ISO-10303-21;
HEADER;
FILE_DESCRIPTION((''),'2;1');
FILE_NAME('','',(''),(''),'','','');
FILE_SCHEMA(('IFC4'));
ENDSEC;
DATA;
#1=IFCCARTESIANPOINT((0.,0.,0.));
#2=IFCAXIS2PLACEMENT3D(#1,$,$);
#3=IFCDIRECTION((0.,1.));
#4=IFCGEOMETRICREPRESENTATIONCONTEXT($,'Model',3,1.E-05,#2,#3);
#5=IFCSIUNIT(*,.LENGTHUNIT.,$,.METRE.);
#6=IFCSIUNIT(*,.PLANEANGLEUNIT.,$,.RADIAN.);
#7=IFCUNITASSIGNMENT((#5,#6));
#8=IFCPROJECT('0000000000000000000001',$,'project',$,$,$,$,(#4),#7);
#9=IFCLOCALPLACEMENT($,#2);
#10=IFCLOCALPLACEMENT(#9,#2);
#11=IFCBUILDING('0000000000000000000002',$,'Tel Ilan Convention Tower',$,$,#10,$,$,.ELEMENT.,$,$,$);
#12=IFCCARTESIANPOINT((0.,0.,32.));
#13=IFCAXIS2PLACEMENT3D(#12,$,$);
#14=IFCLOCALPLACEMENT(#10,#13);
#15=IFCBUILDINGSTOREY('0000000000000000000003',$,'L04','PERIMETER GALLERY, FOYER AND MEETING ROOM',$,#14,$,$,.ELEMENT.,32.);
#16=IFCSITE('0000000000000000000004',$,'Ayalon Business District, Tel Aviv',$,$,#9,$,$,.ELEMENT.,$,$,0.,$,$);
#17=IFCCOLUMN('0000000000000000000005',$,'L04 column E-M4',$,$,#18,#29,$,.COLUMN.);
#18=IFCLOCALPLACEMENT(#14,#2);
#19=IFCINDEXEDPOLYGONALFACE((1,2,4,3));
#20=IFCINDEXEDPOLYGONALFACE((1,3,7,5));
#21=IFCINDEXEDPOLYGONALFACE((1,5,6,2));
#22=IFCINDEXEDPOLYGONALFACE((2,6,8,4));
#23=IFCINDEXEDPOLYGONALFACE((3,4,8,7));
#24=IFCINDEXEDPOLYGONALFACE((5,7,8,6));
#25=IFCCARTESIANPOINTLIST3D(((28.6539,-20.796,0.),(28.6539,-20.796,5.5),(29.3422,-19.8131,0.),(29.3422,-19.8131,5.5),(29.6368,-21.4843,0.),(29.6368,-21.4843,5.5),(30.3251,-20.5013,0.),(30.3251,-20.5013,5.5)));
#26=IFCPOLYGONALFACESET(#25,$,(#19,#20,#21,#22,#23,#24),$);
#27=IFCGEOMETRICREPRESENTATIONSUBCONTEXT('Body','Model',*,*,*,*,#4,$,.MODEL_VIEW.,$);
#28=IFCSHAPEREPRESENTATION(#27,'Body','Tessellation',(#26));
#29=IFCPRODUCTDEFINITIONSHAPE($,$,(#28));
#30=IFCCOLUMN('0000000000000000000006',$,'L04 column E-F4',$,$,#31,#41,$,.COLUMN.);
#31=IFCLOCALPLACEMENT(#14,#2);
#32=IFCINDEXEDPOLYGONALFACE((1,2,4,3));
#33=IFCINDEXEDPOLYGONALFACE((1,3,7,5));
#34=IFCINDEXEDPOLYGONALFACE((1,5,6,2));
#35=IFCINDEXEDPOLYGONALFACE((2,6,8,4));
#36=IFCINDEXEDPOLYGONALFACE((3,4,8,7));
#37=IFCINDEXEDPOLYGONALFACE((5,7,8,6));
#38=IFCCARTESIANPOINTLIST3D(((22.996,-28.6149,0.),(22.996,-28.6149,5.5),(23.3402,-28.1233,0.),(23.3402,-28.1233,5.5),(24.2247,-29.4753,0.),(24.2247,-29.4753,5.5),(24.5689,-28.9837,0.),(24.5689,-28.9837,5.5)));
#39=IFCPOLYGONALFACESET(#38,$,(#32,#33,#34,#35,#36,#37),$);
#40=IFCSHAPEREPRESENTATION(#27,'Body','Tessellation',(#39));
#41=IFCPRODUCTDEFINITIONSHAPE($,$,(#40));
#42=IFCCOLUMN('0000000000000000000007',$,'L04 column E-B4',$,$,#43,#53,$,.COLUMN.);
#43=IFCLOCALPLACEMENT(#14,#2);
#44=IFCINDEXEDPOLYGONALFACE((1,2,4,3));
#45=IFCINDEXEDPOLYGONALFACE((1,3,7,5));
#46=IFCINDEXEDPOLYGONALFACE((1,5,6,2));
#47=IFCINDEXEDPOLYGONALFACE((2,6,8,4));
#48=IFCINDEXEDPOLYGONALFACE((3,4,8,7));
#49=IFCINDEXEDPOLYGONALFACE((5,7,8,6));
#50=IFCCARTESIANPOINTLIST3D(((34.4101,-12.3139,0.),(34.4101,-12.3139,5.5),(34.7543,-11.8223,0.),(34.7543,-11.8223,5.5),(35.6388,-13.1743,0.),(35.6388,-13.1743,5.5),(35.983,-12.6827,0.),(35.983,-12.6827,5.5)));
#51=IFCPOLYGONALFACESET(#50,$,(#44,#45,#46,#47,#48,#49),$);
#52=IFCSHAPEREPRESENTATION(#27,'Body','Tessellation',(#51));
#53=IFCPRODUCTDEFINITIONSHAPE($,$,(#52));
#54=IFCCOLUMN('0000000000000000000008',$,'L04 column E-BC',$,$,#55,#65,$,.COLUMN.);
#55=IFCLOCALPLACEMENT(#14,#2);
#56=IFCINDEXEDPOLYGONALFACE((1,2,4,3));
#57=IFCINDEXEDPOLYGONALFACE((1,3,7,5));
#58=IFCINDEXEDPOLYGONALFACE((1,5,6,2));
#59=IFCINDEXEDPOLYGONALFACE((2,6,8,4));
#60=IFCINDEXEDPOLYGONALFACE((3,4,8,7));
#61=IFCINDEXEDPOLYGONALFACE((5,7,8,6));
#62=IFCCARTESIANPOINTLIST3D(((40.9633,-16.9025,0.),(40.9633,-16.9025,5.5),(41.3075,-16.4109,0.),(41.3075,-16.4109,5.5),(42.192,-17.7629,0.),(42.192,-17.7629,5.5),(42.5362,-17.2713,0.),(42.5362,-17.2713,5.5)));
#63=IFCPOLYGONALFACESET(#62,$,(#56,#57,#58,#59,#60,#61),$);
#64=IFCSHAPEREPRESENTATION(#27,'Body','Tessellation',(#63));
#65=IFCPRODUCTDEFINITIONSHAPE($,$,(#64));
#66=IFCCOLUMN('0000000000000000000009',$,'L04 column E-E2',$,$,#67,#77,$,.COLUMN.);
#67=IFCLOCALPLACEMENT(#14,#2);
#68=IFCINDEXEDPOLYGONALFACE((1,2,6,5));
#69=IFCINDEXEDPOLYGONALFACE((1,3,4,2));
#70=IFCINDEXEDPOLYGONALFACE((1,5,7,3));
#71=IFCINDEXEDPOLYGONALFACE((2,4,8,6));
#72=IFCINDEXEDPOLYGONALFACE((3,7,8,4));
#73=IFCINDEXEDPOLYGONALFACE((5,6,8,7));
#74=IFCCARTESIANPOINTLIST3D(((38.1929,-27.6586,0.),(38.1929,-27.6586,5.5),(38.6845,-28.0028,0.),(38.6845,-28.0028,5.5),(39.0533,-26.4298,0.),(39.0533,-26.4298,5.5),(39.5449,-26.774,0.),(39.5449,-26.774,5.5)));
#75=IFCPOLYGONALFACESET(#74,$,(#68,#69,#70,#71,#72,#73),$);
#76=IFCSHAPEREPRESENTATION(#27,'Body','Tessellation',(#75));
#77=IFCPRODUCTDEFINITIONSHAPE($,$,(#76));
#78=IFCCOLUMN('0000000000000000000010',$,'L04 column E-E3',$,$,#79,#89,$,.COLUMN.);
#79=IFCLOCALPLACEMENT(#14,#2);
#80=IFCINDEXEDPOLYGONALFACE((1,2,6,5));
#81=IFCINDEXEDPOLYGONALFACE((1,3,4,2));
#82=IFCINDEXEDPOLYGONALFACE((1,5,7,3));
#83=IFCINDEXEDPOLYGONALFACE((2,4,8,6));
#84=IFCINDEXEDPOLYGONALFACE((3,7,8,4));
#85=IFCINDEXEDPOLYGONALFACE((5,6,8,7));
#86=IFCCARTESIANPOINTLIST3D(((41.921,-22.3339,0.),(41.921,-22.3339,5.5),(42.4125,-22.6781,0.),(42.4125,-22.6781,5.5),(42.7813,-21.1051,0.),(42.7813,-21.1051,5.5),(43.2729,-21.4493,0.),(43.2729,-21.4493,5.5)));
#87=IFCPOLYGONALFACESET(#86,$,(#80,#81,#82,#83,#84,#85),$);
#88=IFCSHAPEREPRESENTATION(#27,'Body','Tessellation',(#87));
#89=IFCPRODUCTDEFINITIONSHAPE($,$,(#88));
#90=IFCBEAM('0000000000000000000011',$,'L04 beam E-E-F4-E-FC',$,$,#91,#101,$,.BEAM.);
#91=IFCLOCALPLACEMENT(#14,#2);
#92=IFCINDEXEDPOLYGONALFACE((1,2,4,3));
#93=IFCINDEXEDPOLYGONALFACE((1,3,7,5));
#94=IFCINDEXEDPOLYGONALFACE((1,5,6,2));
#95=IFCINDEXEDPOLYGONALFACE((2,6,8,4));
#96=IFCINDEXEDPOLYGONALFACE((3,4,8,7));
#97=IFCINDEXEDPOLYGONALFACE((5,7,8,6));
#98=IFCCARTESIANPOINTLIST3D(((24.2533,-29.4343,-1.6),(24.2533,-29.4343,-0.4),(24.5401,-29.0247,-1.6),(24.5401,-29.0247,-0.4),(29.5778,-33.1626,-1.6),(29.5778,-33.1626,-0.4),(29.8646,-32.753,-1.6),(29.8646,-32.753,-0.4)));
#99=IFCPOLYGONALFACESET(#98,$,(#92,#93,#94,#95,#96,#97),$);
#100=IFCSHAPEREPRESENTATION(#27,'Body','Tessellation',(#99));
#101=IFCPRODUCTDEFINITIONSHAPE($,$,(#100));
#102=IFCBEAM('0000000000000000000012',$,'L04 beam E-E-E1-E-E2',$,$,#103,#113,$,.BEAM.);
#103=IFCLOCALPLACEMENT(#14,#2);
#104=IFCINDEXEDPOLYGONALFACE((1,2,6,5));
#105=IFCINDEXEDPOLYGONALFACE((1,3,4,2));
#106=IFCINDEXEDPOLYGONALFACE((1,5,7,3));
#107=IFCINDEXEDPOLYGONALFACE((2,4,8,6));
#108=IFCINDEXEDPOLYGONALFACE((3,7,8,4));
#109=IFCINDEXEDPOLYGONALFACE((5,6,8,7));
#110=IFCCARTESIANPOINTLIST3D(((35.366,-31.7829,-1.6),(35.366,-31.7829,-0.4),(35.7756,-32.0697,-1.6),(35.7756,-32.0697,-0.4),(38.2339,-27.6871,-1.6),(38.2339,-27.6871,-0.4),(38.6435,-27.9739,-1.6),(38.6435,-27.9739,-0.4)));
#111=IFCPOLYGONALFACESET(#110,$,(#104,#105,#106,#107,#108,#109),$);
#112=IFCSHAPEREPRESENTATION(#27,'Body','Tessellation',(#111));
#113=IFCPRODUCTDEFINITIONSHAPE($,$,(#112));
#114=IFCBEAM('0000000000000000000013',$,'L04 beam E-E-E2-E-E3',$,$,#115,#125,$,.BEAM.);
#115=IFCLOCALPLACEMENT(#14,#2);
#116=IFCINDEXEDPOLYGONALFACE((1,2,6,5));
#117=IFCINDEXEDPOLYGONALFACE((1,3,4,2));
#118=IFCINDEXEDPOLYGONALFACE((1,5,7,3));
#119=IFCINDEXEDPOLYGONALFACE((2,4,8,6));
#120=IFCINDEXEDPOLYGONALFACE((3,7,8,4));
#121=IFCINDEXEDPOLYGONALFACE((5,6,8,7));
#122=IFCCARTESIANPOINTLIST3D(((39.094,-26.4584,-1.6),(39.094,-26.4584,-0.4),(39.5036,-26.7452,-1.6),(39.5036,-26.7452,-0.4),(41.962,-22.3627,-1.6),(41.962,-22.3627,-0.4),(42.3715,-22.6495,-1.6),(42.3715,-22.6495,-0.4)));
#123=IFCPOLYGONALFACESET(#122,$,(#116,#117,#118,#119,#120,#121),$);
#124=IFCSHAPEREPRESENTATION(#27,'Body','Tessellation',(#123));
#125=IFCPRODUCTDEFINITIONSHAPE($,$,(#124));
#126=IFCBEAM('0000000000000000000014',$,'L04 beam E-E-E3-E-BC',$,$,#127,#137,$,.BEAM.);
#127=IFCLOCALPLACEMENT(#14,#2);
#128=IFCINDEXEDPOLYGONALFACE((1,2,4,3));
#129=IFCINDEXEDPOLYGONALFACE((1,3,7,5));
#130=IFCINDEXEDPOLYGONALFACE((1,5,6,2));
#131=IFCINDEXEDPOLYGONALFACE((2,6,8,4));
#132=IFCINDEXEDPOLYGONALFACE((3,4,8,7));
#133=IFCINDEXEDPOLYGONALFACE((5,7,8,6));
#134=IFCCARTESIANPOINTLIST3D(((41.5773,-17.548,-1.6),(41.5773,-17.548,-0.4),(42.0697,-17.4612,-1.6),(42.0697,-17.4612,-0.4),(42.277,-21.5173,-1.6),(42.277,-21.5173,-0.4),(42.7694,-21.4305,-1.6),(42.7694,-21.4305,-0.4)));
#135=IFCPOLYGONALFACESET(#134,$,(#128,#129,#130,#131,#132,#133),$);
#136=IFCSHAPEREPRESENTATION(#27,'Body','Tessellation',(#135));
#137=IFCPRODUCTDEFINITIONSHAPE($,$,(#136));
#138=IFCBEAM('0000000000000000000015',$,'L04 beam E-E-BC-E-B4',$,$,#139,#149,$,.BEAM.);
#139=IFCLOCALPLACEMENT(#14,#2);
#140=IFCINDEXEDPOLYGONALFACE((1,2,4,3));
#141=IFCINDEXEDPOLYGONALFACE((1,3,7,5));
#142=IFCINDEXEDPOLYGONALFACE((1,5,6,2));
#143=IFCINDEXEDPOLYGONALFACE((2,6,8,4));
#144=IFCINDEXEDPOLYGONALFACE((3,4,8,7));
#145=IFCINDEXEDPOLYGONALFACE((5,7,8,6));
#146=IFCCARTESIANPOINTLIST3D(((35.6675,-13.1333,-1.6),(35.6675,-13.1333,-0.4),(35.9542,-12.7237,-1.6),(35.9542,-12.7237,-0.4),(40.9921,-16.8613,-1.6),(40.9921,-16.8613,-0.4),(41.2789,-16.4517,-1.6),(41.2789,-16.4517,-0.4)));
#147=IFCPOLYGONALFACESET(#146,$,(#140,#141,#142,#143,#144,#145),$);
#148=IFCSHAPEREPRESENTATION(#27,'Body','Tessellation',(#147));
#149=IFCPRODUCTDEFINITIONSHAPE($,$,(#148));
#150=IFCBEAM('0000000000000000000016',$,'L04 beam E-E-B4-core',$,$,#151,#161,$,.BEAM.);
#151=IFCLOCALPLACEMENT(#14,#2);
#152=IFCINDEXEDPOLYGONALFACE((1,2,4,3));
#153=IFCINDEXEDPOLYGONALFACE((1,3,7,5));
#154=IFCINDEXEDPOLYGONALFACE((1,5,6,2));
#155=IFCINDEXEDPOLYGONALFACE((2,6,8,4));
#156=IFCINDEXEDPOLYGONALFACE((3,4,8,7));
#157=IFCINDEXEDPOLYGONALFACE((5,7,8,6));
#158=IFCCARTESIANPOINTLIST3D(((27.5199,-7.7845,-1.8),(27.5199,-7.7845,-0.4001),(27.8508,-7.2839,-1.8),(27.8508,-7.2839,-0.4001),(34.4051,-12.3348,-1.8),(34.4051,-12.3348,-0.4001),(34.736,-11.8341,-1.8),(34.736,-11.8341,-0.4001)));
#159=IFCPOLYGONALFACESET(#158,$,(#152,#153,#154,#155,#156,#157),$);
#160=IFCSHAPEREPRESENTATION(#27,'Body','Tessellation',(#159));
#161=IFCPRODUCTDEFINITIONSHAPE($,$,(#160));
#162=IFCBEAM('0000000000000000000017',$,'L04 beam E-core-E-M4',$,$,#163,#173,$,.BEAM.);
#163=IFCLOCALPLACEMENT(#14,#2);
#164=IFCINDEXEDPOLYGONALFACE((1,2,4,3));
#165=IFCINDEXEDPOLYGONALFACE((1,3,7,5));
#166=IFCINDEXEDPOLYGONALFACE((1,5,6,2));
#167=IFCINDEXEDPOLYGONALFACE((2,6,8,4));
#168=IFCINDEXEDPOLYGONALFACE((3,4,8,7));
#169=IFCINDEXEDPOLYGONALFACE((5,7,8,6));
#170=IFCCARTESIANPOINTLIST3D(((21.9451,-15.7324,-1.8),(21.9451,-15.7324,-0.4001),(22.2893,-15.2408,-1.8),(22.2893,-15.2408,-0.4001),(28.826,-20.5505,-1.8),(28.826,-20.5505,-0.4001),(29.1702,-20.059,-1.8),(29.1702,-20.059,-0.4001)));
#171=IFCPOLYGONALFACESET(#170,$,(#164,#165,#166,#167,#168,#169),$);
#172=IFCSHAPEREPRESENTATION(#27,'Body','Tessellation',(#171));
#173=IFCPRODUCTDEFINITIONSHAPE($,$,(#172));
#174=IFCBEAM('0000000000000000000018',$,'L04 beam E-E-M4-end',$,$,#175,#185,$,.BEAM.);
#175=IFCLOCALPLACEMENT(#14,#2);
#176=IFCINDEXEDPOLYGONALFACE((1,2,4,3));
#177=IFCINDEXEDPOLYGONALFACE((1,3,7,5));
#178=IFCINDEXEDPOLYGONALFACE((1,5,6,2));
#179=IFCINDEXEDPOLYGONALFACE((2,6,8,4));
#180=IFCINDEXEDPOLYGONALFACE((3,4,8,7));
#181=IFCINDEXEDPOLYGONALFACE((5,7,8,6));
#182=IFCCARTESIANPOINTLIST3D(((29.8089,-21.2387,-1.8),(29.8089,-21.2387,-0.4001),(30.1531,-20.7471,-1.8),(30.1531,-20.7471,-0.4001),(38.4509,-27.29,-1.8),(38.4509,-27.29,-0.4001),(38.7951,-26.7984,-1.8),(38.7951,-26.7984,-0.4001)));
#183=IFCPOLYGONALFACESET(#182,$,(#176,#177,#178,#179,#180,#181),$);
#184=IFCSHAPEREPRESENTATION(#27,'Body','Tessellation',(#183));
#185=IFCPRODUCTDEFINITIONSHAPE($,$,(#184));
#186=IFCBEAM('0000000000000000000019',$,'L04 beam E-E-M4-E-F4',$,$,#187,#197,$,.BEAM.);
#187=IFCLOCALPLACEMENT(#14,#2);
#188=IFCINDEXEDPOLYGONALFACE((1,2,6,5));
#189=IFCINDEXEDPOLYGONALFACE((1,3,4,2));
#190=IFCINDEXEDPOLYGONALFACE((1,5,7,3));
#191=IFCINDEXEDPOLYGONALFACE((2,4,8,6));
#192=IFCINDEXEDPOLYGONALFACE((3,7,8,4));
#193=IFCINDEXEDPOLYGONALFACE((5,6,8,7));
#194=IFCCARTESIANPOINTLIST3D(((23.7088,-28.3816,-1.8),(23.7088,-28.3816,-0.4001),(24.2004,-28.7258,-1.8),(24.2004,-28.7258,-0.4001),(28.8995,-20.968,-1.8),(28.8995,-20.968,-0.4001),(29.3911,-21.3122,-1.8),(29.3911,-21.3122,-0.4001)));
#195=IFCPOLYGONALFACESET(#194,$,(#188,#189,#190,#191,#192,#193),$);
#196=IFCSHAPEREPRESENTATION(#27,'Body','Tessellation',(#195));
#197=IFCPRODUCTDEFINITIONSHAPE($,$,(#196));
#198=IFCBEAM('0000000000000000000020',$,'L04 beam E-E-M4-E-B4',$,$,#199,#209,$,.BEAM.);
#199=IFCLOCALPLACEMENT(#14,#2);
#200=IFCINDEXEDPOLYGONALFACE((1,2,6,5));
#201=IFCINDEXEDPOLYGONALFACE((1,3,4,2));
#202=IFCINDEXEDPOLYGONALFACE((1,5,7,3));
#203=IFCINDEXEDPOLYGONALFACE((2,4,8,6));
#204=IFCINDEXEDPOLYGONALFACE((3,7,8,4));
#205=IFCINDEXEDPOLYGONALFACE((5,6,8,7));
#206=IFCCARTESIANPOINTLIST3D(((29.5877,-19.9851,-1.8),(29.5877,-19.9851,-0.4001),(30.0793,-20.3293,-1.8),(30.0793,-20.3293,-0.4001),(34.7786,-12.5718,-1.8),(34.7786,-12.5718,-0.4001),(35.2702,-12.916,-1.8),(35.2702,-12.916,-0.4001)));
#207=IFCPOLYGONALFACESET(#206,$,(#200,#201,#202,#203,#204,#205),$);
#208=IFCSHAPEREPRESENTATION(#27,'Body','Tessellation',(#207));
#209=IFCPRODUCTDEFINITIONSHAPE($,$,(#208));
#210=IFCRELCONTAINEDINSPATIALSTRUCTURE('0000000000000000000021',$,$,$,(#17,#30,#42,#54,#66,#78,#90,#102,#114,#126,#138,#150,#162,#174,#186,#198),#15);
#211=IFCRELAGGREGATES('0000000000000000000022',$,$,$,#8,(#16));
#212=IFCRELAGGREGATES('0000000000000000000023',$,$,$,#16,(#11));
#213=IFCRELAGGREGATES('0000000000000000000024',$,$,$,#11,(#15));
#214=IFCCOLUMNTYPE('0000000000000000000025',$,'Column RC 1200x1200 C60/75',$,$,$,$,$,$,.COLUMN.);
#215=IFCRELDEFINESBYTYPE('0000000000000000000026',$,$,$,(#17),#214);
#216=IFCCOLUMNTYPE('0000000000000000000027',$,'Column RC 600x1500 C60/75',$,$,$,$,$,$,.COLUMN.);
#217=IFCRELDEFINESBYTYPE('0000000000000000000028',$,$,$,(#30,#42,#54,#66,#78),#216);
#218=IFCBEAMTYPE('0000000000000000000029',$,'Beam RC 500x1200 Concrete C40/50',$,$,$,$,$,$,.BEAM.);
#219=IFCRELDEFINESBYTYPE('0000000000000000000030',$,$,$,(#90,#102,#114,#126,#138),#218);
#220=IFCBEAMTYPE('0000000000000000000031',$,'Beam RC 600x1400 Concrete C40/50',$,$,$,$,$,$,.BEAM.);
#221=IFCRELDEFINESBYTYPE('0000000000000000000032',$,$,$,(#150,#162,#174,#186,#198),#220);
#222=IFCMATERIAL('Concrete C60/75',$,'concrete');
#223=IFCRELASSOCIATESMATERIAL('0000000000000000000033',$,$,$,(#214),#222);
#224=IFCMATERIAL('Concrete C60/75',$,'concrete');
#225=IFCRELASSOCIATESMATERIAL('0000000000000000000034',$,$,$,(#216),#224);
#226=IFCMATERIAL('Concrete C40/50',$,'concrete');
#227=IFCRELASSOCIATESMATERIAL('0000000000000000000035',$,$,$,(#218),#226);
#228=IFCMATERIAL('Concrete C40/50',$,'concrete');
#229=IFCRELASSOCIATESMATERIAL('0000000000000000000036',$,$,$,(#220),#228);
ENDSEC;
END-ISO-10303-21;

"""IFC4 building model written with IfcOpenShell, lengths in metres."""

from ifc_helpers import new_model, si_unit, direction, frame, origin, origin_2d, place, context, subcontext, project, spatial, rectangle, extrude, material, material_profile, profile_set, type_object, element, save


model = new_model("IFC4")

# Units and contexts
model_context = context("Model", 3, precision=1e-05, world=origin(), true_north=direction((0.0, 1.0)))
body_context = subcontext(model_context, "Body", "Model", "MODEL_VIEW")
ifc_project = project(units=[si_unit("LENGTHUNIT", "METRE"), si_unit("PLANEANGLEUNIT", "RADIAN")], contexts=[model_context])

# Site, building, storey
site_placement = place(None, origin())
site = spatial("IfcSite", under=ifc_project, at=site_placement, Name="Ayalon Business District, Tel Aviv", CompositionType="ELEMENT", RefElevation=0.0)
building_placement = place(site_placement, origin())
building = spatial("IfcBuilding", under=site, at=building_placement, Name="Tel Ilan Convention Tower", CompositionType="ELEMENT")
storey_placement = place(building_placement, frame((0.0, 0.0, 32.0)))
storey = spatial("IfcBuildingStorey", under=building, at=storey_placement, Name="L04", Description="PERIMETER GALLERY, FOYER AND MEETING ROOM", CompositionType="ELEMENT", Elevation=32.0)

# Columns
ifc_material_1 = material(Name="Concrete C60/75", Category="concrete")
ifc_material_profile_1 = material_profile(ifc_material_1, rectangle(XDim=1.2, YDim=1.2, at=origin_2d()), Name="RC 1200x1200")
ifc_profile_set_1 = profile_set([ifc_material_profile_1], Name="Concrete C60/75")
column_type_1 = type_object("IfcColumnType", Name="Column RC 1200x1200 C60/75", PredefinedType="COLUMN", material=ifc_profile_set_1)
column_placement = place(storey_placement, frame((29.4895, -20.6487, 0.0), z_axis=(0.0, 0.0, 1.0), x_axis=(0.819152, -0.573576, 0.0)))
element("IfcColumn", 1, at=column_placement, inside=storey, type_object=column_type_1, Name="L04 column E-M4", PredefinedType="COLUMN", context=body_context, shape_type="SweptSolid", body=[
    extrude(rectangle(XDim=1.2, YDim=1.2, at=origin_2d()), origin(), (0.0, 0.0, 1.0), 5.5),
])
ifc_material_2 = material(Name="Concrete C60/75", Category="concrete")
ifc_material_profile_2 = material_profile(ifc_material_2, rectangle(XDim=1.5, YDim=0.6001, at=origin_2d()), Name="RC 600x1500")
ifc_profile_set_2 = profile_set([ifc_material_profile_2], Name="Concrete C60/75")
column_type_2 = type_object("IfcColumnType", Name="Column RC 600x1500 C60/75", PredefinedType="COLUMN", material=ifc_profile_set_2)
for number, where, z_axis, x_axis, name in (
    (2, (23.7825, -28.7993, 0.0), (0.0, 0.0, 1.0), (0.819152, -0.573576, 0.0), "L04 column E-F4"),
    (3, (35.1965, -12.4983, 0.0), (0.0, 0.0, 1.0), (0.819152, -0.573576, 0.0), "L04 column E-B4"),
    (4, (41.7498, -17.0869, 0.0), (0.0, 0.0, 1.0), (0.819152, -0.573576, 0.0), "L04 column E-BC"),
    (5, (38.8689, -27.2163, 0.0), (0.0, 0.0, 1.0), (0.573576, 0.819152, 0.0), "L04 column E-E2"),
    (6, (42.5969, -21.8916, 0.0), (0.0, 0.0, 1.0), (0.573576, 0.819152, 0.0), "L04 column E-E3"),
):
    element("IfcColumn", number, at=place(storey_placement, frame(where, z_axis=z_axis, x_axis=x_axis)), inside=storey, type_object=column_type_2, Name=name, PredefinedType="COLUMN", context=body_context, shape_type="SweptSolid", body=[
        extrude(rectangle(XDim=1.5, YDim=0.6001, at=origin_2d()), origin(), (0.0, 0.0, 1.0), 5.5),
    ])

# Beams
ifc_material_3 = material(Name="Concrete C40/50", Category="concrete")
ifc_material_profile_3 = material_profile(ifc_material_3, rectangle(XDim=0.5, YDim=1.2, at=origin_2d()), Name="RC 500x1200")
ifc_profile_set_3 = profile_set([ifc_material_profile_3], Name="Concrete C40/50")
beam_type_1 = type_object("IfcBeamType", Name="Beam RC 500x1200 Concrete C40/50", PredefinedType="BEAM", material=ifc_profile_set_3)
beam_1_placement = place(storey_placement, frame((24.3967, -29.2295, -1.0), z_axis=(0.819149, -0.573581, 0.0), x_axis=(0.573581, 0.819149, 0.0)))
element("IfcBeam", 7, at=beam_1_placement, inside=storey, type_object=beam_type_1, Name="L04 beam E-E-F4-E-FC", PredefinedType="BEAM", context=body_context, shape_type="SweptSolid", body=[
    extrude(rectangle(XDim=0.5, YDim=1.2, at=origin_2d()), origin(), (0.0, 0.0, 1.0), 6.5),
])
for number, where, z_axis, x_axis, name in (
    (8, (35.5708, -31.9263, -1.0), (0.573587, 0.819145, 0.0), (-0.819145, 0.573587, 0.0), "L04 beam E-E-E1-E-E2"),
    (9, (39.2988, -26.6018, -1.0), (0.573587, 0.819145, 0.0), (-0.819145, 0.573587, 0.0), "L04 beam E-E-E2-E-E3"),
):
    element("IfcBeam", number, at=place(storey_placement, frame(where, z_axis=z_axis, x_axis=x_axis)), inside=storey, type_object=beam_type_1, Name=name, PredefinedType="BEAM", context=body_context, shape_type="SweptSolid", body=[
        extrude(rectangle(XDim=0.5, YDim=1.2, at=origin_2d()), origin(), (0.0, 0.0, 1.0), 5.0),
    ])
beam_2_placement = place(storey_placement, frame((42.5232, -21.4739, -1.0), z_axis=(-0.173606, 0.984815, 0.0), x_axis=(-0.984815, -0.173606, 0.0)))
element("IfcBeam", 10, at=beam_2_placement, inside=storey, type_object=beam_type_1, Name="L04 beam E-E-E3-E-BC", PredefinedType="BEAM", context=body_context, shape_type="SweptSolid", body=[
    extrude(rectangle(XDim=0.5, YDim=1.2, at=origin_2d()), origin(), (0.0, 0.0, 1.0), 4.0305),
])
beam_3_placement = place(storey_placement, frame((41.1355, -16.6565, -1.0), z_axis=(-0.819179, 0.573538, 0.0), x_axis=(-0.573538, -0.819179, 0.0)))
element("IfcBeam", 11, at=beam_3_placement, inside=storey, type_object=beam_type_1, Name="L04 beam E-E-BC-E-B4", PredefinedType="BEAM", context=body_context, shape_type="SweptSolid", body=[
    extrude(rectangle(XDim=0.5, YDim=1.2, at=origin_2d()), origin(), (0.0, 0.0, 1.0), 6.5),
])
ifc_material_4 = material(Name="Concrete C40/50", Category="concrete")
ifc_material_profile_4 = material_profile(ifc_material_4, rectangle(XDim=0.6001, YDim=1.3999, at=origin_2d()), Name="RC 600x1400")
ifc_profile_set_4 = profile_set([ifc_material_profile_4], Name="Concrete C40/50")
beam_type_2 = type_object("IfcBeamType", Name="Beam RC 600x1400 Concrete C40/50", PredefinedType="BEAM", material=ifc_profile_set_4)
beam_4_placement = place(storey_placement, frame((34.5706, -12.0845, -1.1001), z_axis=(-0.834274, 0.551351, 0.0), x_axis=(-0.551351, -0.834274, 0.0)))
element("IfcBeam", 12, at=beam_4_placement, inside=storey, type_object=beam_type_2, Name="L04 beam E-E-B4-core", PredefinedType="BEAM", context=body_context, shape_type="SweptSolid", body=[
    extrude(rectangle(XDim=0.6001, YDim=1.3999, at=origin_2d()), origin(), (0.0, 0.0, 1.0), 8.2529),
])
beam_5_placement = place(storey_placement, frame((22.1172, -15.4866, -1.1001), z_axis=(0.819147, -0.573583, 0.0), x_axis=(0.573583, 0.819147, 0.0)))
element("IfcBeam", 13, at=beam_5_placement, inside=storey, type_object=beam_type_2, Name="L04 beam E-core-E-M4", PredefinedType="BEAM", context=body_context, shape_type="SweptSolid", body=[
    extrude(rectangle(XDim=0.6001, YDim=1.3999, at=origin_2d()), origin(), (0.0, 0.0, 1.0), 8.4001),
])
beam_6_placement = place(storey_placement, frame((29.981, -20.9929, -1.1001), z_axis=(0.819151, -0.573577, 0.0), x_axis=(0.573577, 0.819151, 0.0)))
element("IfcBeam", 14, at=beam_6_placement, inside=storey, type_object=beam_type_2, Name="L04 beam E-E-M4-end", PredefinedType="BEAM", context=body_context, shape_type="SweptSolid", body=[
    extrude(rectangle(XDim=0.6001, YDim=1.3999, at=origin_2d()), origin(), (0.0, 0.0, 1.0), 10.55),
])
for number, where, z_axis, x_axis, name in (
    (15, (29.1453, -21.1401, -1.1001), (-0.573549, -0.819171, 0.0), (0.819171, -0.573549, 0.0), "L04 beam E-E-M4-E-F4"),
    (16, (29.8335, -20.1572, -1.1001), (0.57358, 0.81915, 0.0), (-0.81915, 0.57358, 0.0), "L04 beam E-E-M4-E-B4"),
):
    element("IfcBeam", number, at=place(storey_placement, frame(where, z_axis=z_axis, x_axis=x_axis)), inside=storey, type_object=beam_type_2, Name=name, PredefinedType="BEAM", context=body_context, shape_type="SweptSolid", body=[
        extrude(rectangle(XDim=0.6001, YDim=1.3999, at=origin_2d()), origin(), (0.0, 0.0, 1.0), 9.05),
    ])

save(model, "model.ifc")
